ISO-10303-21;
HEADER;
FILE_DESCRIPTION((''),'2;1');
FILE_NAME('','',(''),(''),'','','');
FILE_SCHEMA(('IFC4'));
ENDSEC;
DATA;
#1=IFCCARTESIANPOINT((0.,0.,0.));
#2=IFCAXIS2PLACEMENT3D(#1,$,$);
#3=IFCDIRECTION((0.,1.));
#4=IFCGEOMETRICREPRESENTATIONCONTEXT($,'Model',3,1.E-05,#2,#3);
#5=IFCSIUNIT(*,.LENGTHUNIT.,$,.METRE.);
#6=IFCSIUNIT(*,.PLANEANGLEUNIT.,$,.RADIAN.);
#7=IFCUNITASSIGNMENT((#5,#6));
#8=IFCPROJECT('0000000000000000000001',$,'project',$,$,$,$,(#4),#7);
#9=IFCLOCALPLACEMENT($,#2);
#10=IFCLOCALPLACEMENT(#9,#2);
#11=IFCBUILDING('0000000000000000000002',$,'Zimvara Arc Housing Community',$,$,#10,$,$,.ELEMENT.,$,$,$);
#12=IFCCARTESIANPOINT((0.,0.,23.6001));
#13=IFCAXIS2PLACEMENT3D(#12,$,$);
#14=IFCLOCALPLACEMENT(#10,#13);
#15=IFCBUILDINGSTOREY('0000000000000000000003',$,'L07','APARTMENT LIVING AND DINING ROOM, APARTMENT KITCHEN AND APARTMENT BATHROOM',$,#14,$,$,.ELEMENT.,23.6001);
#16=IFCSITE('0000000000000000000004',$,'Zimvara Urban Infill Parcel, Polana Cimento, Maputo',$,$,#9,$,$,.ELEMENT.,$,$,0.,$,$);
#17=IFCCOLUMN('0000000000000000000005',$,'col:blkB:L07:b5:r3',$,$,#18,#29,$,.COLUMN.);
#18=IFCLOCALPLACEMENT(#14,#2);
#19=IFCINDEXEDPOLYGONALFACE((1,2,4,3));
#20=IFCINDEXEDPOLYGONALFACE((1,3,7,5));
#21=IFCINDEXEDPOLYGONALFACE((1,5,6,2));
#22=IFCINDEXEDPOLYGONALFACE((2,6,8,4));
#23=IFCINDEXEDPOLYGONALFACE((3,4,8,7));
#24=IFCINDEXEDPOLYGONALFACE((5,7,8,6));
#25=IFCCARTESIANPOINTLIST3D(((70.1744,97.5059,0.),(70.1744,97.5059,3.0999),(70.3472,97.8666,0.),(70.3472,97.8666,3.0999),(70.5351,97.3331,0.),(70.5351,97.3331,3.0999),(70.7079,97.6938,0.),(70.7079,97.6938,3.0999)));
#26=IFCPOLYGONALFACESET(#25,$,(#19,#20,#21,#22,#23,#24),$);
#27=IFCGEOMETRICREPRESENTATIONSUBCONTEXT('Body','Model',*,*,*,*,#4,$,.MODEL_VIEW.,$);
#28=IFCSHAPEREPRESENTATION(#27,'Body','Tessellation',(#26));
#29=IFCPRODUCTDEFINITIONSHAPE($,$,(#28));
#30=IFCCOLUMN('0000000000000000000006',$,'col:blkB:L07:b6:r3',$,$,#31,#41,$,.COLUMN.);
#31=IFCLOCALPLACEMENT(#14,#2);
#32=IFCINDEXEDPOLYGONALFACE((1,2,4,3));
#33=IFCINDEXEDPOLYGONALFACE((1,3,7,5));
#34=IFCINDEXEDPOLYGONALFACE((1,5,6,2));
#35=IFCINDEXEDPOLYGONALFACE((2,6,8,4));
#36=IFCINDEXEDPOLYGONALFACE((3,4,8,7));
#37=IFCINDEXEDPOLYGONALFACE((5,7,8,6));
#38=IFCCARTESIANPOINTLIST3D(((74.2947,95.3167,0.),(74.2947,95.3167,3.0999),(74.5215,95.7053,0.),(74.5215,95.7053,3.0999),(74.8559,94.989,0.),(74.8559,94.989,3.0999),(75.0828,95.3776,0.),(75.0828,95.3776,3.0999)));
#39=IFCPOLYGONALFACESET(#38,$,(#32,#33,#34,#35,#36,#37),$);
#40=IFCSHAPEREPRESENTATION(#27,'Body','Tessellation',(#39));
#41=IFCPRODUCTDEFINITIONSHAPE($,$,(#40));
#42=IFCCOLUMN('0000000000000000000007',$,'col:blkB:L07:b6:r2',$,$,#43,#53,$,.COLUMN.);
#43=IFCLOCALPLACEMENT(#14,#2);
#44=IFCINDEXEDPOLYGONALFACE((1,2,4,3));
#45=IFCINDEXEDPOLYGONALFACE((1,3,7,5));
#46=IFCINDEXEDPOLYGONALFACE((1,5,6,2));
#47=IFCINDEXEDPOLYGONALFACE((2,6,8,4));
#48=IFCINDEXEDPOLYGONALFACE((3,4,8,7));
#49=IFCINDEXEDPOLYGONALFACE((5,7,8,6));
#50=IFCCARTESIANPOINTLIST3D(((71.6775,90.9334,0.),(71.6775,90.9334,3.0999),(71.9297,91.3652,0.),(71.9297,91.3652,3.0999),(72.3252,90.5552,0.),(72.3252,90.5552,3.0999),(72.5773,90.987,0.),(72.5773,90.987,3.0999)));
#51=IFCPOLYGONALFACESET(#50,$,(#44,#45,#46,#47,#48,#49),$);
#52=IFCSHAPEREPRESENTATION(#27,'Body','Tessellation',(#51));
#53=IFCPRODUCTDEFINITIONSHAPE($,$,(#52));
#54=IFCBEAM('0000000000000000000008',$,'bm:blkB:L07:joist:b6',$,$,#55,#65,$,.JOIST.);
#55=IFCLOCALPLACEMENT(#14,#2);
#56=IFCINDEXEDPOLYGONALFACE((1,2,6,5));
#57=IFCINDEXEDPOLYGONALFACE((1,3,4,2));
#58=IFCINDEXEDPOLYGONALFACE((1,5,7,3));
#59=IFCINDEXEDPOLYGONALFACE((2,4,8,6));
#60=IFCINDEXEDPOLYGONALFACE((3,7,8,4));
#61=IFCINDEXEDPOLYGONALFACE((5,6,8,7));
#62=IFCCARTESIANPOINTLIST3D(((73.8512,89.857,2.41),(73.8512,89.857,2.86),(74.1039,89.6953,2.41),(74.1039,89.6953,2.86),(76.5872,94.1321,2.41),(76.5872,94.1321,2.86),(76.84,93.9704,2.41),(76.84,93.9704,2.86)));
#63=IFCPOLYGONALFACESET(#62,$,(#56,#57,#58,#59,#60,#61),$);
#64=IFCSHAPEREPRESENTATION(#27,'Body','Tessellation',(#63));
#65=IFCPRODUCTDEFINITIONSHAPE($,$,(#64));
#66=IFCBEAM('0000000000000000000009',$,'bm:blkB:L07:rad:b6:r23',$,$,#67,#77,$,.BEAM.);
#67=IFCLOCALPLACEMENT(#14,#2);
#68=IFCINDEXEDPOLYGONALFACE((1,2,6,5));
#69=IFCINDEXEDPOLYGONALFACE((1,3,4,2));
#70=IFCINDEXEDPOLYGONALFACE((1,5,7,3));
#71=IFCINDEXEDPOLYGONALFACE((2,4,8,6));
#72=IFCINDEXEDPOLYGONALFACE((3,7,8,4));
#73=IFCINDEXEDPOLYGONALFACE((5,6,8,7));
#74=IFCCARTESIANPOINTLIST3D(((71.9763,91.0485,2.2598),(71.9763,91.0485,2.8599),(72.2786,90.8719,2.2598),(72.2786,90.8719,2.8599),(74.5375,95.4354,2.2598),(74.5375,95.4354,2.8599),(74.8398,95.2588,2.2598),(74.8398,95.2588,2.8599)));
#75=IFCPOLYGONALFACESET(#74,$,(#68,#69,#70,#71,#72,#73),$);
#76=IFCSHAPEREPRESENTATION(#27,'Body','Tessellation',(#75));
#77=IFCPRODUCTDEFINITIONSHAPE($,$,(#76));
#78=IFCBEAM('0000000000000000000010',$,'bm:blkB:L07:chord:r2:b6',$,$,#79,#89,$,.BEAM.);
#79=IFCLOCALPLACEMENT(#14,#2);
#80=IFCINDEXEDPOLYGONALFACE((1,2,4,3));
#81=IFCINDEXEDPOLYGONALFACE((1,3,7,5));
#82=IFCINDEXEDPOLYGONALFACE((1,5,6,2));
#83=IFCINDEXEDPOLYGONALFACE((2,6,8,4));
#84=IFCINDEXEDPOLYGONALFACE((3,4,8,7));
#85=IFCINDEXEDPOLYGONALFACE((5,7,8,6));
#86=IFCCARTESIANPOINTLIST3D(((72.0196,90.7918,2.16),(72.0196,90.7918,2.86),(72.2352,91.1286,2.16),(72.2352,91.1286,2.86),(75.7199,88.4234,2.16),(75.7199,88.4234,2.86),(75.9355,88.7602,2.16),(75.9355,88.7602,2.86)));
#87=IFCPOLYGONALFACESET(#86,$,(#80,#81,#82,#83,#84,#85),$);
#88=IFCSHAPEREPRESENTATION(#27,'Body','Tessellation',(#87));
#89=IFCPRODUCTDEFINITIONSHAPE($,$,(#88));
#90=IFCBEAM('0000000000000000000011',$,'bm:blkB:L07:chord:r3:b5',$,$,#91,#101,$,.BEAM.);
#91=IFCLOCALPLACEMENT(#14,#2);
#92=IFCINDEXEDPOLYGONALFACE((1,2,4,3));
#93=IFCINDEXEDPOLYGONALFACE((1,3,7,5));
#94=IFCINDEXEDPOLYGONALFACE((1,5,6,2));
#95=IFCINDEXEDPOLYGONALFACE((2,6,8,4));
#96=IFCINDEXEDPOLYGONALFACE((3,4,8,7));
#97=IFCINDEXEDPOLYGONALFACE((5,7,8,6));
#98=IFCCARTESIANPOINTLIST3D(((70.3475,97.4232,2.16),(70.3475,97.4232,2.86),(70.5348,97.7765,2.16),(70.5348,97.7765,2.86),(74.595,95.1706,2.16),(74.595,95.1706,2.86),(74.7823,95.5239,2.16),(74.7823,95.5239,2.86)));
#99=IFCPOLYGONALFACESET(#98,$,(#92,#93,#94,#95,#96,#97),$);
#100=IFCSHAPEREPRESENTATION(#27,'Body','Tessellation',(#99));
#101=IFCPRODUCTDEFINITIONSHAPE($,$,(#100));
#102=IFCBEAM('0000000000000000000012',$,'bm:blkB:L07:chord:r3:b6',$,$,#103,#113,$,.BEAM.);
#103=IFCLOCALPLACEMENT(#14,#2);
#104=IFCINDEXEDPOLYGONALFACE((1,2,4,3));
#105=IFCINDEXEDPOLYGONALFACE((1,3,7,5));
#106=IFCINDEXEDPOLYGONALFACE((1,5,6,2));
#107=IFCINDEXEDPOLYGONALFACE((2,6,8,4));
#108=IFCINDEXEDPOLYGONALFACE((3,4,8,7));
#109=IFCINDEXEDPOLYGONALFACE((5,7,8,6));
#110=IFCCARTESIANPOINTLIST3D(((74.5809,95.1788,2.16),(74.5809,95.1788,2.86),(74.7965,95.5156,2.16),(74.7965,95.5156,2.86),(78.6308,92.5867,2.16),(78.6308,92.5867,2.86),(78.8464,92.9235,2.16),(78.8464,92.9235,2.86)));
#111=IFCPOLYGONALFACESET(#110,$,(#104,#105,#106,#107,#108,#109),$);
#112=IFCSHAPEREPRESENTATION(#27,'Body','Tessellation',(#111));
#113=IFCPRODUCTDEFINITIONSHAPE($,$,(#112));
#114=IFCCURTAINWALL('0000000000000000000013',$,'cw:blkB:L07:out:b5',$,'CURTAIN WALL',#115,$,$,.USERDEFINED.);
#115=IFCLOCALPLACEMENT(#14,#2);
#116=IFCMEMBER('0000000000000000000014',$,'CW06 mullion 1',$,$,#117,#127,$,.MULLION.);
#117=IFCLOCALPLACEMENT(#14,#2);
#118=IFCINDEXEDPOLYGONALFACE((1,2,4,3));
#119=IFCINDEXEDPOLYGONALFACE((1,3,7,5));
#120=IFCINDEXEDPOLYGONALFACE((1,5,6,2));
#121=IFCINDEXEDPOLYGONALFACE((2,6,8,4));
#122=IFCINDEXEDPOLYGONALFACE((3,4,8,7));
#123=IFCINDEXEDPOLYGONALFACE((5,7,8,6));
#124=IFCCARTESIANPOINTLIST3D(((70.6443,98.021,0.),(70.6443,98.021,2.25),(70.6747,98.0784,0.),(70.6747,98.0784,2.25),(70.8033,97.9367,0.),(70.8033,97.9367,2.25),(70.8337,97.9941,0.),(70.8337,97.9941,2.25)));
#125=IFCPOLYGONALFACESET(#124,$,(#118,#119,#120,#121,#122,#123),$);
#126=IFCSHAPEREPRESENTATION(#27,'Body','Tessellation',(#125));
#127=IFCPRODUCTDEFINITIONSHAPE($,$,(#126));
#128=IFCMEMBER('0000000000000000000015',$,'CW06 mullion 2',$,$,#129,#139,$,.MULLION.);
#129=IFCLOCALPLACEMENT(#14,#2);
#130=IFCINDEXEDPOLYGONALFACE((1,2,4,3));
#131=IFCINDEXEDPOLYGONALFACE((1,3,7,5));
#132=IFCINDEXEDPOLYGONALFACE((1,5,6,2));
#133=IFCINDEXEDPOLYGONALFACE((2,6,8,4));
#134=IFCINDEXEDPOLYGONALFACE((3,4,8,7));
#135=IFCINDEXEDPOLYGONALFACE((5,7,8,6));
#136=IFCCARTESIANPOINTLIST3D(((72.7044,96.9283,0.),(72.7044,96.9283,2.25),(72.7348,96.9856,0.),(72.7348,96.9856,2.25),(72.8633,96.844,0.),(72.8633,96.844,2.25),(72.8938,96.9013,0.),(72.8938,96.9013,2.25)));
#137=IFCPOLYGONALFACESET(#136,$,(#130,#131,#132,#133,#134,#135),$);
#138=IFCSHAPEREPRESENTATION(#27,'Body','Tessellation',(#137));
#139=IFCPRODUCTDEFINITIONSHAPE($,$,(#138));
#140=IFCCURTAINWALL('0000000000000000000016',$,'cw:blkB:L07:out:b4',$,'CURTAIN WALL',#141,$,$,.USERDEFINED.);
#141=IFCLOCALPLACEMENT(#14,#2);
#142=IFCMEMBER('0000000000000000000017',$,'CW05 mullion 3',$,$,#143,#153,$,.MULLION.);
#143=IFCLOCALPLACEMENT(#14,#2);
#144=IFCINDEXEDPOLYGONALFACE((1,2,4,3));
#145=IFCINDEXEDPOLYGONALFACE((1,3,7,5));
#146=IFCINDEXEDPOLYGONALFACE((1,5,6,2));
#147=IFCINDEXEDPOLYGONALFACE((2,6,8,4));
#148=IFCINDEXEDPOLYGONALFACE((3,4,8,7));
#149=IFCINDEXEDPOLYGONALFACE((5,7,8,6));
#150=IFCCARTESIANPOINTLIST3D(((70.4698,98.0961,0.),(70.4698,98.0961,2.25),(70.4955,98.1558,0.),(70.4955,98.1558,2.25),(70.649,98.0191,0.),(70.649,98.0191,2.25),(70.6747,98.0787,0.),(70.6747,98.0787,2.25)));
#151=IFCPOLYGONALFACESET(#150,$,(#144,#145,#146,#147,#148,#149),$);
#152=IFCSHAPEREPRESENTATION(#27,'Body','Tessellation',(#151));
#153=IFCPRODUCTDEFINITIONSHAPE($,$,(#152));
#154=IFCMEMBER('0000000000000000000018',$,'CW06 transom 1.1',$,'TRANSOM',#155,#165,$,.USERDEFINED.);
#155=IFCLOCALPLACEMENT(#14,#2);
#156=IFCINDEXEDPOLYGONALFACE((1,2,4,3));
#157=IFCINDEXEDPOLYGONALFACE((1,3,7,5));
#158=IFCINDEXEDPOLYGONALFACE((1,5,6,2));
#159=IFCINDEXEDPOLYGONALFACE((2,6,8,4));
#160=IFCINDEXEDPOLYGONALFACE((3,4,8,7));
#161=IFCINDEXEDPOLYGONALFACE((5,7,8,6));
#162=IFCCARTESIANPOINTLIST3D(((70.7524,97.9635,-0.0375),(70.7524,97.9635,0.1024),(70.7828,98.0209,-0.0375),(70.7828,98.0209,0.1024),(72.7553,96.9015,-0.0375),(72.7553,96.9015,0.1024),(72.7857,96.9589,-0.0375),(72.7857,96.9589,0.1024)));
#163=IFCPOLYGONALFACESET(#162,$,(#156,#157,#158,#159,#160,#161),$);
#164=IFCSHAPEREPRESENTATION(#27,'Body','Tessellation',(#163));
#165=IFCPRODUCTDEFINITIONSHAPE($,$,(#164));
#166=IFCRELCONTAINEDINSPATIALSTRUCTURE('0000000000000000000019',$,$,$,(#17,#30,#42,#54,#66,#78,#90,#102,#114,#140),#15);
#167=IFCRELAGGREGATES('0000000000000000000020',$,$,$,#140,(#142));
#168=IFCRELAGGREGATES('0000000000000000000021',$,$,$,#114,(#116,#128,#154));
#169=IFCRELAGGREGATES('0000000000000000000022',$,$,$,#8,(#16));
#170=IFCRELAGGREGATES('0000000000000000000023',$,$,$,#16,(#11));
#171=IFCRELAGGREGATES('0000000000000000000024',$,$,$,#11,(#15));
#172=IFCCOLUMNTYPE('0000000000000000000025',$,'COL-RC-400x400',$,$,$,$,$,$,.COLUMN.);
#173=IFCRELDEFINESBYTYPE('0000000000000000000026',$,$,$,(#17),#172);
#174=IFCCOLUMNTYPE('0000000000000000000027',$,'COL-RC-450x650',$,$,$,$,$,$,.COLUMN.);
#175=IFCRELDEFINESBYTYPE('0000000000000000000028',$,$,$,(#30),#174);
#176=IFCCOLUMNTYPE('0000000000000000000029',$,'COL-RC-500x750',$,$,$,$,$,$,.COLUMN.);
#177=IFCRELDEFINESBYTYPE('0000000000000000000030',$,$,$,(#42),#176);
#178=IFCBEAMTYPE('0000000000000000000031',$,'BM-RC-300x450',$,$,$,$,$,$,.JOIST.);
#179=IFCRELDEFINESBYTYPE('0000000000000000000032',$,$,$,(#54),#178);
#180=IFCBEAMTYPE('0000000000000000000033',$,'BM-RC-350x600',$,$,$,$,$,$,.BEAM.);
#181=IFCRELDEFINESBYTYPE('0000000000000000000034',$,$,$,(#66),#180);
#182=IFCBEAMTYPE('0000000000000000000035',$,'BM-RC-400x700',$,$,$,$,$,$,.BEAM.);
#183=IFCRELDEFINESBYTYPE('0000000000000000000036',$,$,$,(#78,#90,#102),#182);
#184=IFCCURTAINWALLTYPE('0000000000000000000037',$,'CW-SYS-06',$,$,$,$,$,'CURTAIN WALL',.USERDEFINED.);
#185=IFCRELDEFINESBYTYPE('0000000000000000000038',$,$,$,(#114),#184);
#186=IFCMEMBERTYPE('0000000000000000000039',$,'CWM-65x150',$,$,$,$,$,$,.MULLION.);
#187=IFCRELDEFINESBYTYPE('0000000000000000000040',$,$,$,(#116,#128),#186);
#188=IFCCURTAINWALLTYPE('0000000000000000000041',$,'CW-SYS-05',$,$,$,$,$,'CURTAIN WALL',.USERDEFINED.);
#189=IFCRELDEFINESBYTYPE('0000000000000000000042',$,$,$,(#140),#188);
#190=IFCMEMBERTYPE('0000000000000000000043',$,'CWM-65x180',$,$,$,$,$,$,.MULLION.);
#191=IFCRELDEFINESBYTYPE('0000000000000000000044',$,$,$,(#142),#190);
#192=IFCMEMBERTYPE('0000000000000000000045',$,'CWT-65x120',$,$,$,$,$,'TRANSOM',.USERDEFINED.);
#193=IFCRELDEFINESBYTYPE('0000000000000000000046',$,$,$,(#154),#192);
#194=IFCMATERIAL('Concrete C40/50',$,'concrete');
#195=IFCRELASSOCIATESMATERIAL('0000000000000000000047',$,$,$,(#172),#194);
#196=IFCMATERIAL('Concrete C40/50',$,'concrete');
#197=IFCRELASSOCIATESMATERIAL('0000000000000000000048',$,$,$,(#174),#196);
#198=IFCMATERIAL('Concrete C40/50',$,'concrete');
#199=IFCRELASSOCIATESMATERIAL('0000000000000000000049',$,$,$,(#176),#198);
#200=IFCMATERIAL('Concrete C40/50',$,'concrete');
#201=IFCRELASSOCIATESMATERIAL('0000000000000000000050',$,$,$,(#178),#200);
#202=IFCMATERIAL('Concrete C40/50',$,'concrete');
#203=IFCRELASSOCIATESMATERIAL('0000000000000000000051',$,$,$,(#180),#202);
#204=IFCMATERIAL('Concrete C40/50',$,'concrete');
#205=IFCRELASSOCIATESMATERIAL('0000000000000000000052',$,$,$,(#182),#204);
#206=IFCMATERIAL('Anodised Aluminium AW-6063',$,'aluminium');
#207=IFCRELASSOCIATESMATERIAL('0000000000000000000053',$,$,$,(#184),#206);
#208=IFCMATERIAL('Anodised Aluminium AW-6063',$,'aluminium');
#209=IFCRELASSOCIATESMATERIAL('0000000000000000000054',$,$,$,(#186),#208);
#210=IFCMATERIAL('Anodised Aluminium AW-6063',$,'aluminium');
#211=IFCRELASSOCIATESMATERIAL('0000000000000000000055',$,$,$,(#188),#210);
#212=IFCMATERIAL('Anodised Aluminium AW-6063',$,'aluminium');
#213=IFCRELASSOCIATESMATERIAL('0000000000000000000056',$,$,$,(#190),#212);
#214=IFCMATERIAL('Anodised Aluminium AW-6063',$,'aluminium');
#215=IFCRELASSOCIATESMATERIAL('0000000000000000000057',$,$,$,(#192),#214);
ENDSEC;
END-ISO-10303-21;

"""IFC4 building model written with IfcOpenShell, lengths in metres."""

from ifc_helpers import new_model, si_unit, direction, frame, origin, origin_2d, place, context, subcontext, project, spatial, rectangle, extrude, material, material_profile, profile_set, type_object, element, aggregate, save


model = new_model("IFC4")

# Units and contexts
model_context = context("Model", 3, precision=1e-05, world=origin(), true_north=direction((0.0, 1.0)))
body_context = subcontext(model_context, "Body", "Model", "MODEL_VIEW")
ifc_project = project(units=[si_unit("LENGTHUNIT", "METRE"), si_unit("PLANEANGLEUNIT", "RADIAN")], contexts=[model_context])

# Site, building, storey
site_placement = place(None, origin())
site = spatial("IfcSite", under=ifc_project, at=site_placement, Name="Zimvara Urban Infill Parcel, Polana Cimento, Maputo", CompositionType="ELEMENT", RefElevation=0.0)
building_placement = place(site_placement, origin())
building = spatial("IfcBuilding", under=site, at=building_placement, Name="Zimvara Arc Housing Community", CompositionType="ELEMENT")
storey_placement = place(building_placement, frame((0.0, 0.0, 23.6001)))
storey = spatial("IfcBuildingStorey", under=building, at=storey_placement, Name="L07", Description="APARTMENT LIVING AND DINING ROOM, APARTMENT KITCHEN AND APARTMENT BATHROOM", CompositionType="ELEMENT", Elevation=23.6001)

# Columns
ifc_material_1 = material(Name="Concrete C40/50", Category="concrete")
ifc_material_profile_1 = material_profile(ifc_material_1, rectangle(XDim=0.3999, YDim=0.3999, at=origin_2d()), Name="RC 400x400")
ifc_profile_set_1 = profile_set([ifc_material_profile_1], Name="Concrete C40/50")
column_type_1 = type_object("IfcColumnType", Name="COL-RC-400x400", PredefinedType="COLUMN", material=ifc_profile_set_1)
column_1_placement = place(storey_placement, frame((70.4412, 97.5999, 0.0), z_axis=(0.0, 0.0, 1.0), x_axis=(0.432086, 0.901833, 0.0)))
element("IfcColumn", 1, at=column_1_placement, inside=storey, type_object=column_type_1, Name="col:blkB:L07:b5:r3", PredefinedType="COLUMN", context=body_context, shape_type="SweptSolid", body=[
    extrude(rectangle(XDim=0.3999, YDim=0.3999, at=origin_2d()), origin(), (0.0, 0.0, 1.0), 3.0999),
])
ifc_material_2 = material(Name="Concrete C40/50", Category="concrete")
ifc_material_profile_2 = material_profile(ifc_material_2, rectangle(XDim=0.45, YDim=0.6499, at=origin_2d()), Name="RC 450x650")
ifc_profile_set_2 = profile_set([ifc_material_profile_2], Name="Concrete C40/50")
column_type_2 = type_object("IfcColumnType", Name="COL-RC-450x650", PredefinedType="COLUMN", material=ifc_profile_set_2)
column_2_placement = place(storey_placement, frame((74.6887, 95.3472, 0.0), z_axis=(0.0, 0.0, 1.0), x_axis=(0.504226, 0.863572, 0.0)))
element("IfcColumn", 2, at=column_2_placement, inside=storey, type_object=column_type_2, Name="col:blkB:L07:b6:r3", PredefinedType="COLUMN", context=body_context, shape_type="SweptSolid", body=[
    extrude(rectangle(XDim=0.45, YDim=0.6499, at=origin_2d()), origin(), (0.0, 0.0, 1.0), 3.0999),
])
ifc_material_3 = material(Name="Concrete C40/50", Category="concrete")
ifc_material_profile_3 = material_profile(ifc_material_3, rectangle(XDim=0.5, YDim=0.75, at=origin_2d()), Name="RC 500x750")
ifc_profile_set_3 = profile_set([ifc_material_profile_3], Name="Concrete C40/50")
column_type_3 = type_object("IfcColumnType", Name="COL-RC-500x750", PredefinedType="COLUMN", material=ifc_profile_set_3)
column_3_placement = place(storey_placement, frame((72.1274, 90.9602, 0.0), z_axis=(0.0, 0.0, 1.0), x_axis=(0.504226, 0.863572, 0.0)))
element("IfcColumn", 3, at=column_3_placement, inside=storey, type_object=column_type_3, Name="col:blkB:L07:b6:r2", PredefinedType="COLUMN", context=body_context, shape_type="SweptSolid", body=[
    extrude(rectangle(XDim=0.5, YDim=0.75, at=origin_2d()), origin(), (0.0, 0.0, 1.0), 3.0999),
])

# Beams
ifc_material_4 = material(Name="Concrete C40/50", Category="concrete")
ifc_material_profile_4 = material_profile(ifc_material_4, rectangle(XDim=0.3, YDim=0.45, at=origin_2d()), Name="RC 300x450")
ifc_profile_set_4 = profile_set([ifc_material_profile_4], Name="Concrete C40/50")
beam_type_1 = type_object("IfcBeamType", Name="BM-RC-300x450", PredefinedType="JOIST", material=ifc_profile_set_4)
beam_1_placement = place(storey_placement, frame((73.9775, 89.7761, 2.635), z_axis=(0.539052, 0.842272, 0.0), x_axis=(-0.842272, 0.539052, 0.0)))
element("IfcBeam", 4, at=beam_1_placement, inside=storey, type_object=beam_type_1, Name="bm:blkB:L07:joist:b6", PredefinedType="JOIST", context=body_context, shape_type="SweptSolid", body=[
    extrude(rectangle(XDim=0.3, YDim=0.45, at=origin_2d()), origin(), (0.0, 0.0, 1.0), 5.0757),
])
ifc_material_5 = material(Name="Concrete C40/50", Category="concrete")
ifc_material_profile_5 = material_profile(ifc_material_5, rectangle(XDim=0.3501, YDim=0.6001, at=origin_2d()), Name="RC 350x600")
ifc_profile_set_5 = profile_set([ifc_material_profile_5], Name="Concrete C40/50")
beam_type_2 = type_object("IfcBeamType", Name="BM-RC-350x600", PredefinedType="BEAM", material=ifc_profile_set_5)
beam_2_placement = place(storey_placement, frame((72.1274, 90.9602, 2.5598), z_axis=(0.504197, 0.863589, 0.0), x_axis=(-0.863589, 0.504197, 0.0)))
element("IfcBeam", 5, at=beam_2_placement, inside=storey, type_object=beam_type_2, Name="bm:blkB:L07:rad:b6:r23", PredefinedType="BEAM", context=body_context, shape_type="SweptSolid", body=[
    extrude(rectangle(XDim=0.3501, YDim=0.6001, at=origin_2d()), origin(), (0.0, 0.0, 1.0), 5.0798),
])
ifc_material_6 = material(Name="Concrete C40/50", Category="concrete")
ifc_material_profile_6 = material_profile(ifc_material_6, rectangle(XDim=0.3999, YDim=0.7, at=origin_2d()), Name="RC 400x700")
ifc_profile_set_6 = profile_set([ifc_material_profile_6], Name="Concrete C40/50")
beam_type_3 = type_object("IfcBeamType", Name="BM-RC-400x700", PredefinedType="BEAM", material=ifc_profile_set_6)
beam_3_placement = place(storey_placement, frame((72.1274, 90.9602, 2.51), z_axis=(0.842242, -0.539099, 0.0), x_axis=(0.539099, 0.842242, 0.0)))
element("IfcBeam", 6, at=beam_3_placement, inside=storey, type_object=beam_type_3, Name="bm:blkB:L07:chord:r2:b6", PredefinedType="BEAM", context=body_context, shape_type="SweptSolid", body=[
    extrude(rectangle(XDim=0.3999, YDim=0.7, at=origin_2d()), origin(), (0.0, 0.0, 1.0), 4.3933),
])
beam_4_placement = place(storey_placement, frame((70.4412, 97.5999, 2.51), z_axis=(0.883446, -0.468534, 0.0), x_axis=(0.468534, 0.883446, 0.0)))
element("IfcBeam", 7, at=beam_4_placement, inside=storey, type_object=beam_type_3, Name="bm:blkB:L07:chord:r3:b5", PredefinedType="BEAM", context=body_context, shape_type="SweptSolid", body=[
    extrude(rectangle(XDim=0.3999, YDim=0.7, at=origin_2d()), origin(), (0.0, 0.0, 1.0), 4.8079),
])
beam_5_placement = place(storey_placement, frame((74.6887, 95.3472, 2.51), z_axis=(0.842256, -0.539078, 0.0), x_axis=(0.539078, 0.842256, 0.0)))
element("IfcBeam", 8, at=beam_5_placement, inside=storey, type_object=beam_type_3, Name="bm:blkB:L07:chord:r3:b6", PredefinedType="BEAM", context=body_context, shape_type="SweptSolid", body=[
    extrude(rectangle(XDim=0.3999, YDim=0.7, at=origin_2d()), origin(), (0.0, 0.0, 1.0), 4.8083),
])

# Curtain wall, members
ifc_material_7 = material(Name="Anodised Aluminium AW-6063", Category="aluminium")
curtain_wall_type_1 = type_object("IfcCurtainWallType", Name="CW-SYS-06", ElementType="CURTAIN WALL", PredefinedType="USERDEFINED", material=ifc_material_7)
curtain_wall_1_placement = place(storey_placement, origin())
curtain_wall_1 = element("IfcCurtainWall", 9, at=curtain_wall_1_placement, inside=storey, type_object=curtain_wall_type_1, Name="cw:blkB:L07:out:b5", ObjectType="CURTAIN WALL", PredefinedType="USERDEFINED")
ifc_material_8 = material(Name="Anodised Aluminium AW-6063", Category="aluminium")
ifc_material_profile_7 = material_profile(ifc_material_8, rectangle(XDim=0.0649, YDim=0.1799, at=origin_2d()), Name="ALU 65x180")
ifc_profile_set_7 = profile_set([ifc_material_profile_7], Name="Anodised Aluminium AW-6063")
member_type_1 = type_object("IfcMemberType", Name="CWM-65x150", PredefinedType="MULLION", material=ifc_profile_set_7)
member_1_placement = place(storey_placement, frame((70.739, 98.0076, 0.0), z_axis=(0.0, 0.0, 1.0), x_axis=(0.468547, 0.883439, 0.0)))
member_1 = element("IfcMember", 10, at=member_1_placement, type_object=member_type_1, Name="CW06 mullion 1", PredefinedType="MULLION", context=body_context, shape_type="SweptSolid", body=[
    extrude(rectangle(XDim=0.0649, YDim=0.1799, at=origin_2d()), origin(), (0.0, 0.0, 1.0), 2.25),
])
member_2_placement = place(storey_placement, frame((72.7991, 96.9148, 0.0), z_axis=(0.0, 0.0, 1.0), x_axis=(0.468547, 0.883439, 0.0)))
member_2 = element("IfcMember", 11, at=member_2_placement, type_object=member_type_1, Name="CW06 mullion 2", PredefinedType="MULLION", context=body_context, shape_type="SweptSolid", body=[
    extrude(rectangle(XDim=0.0649, YDim=0.1799, at=origin_2d()), origin(), (0.0, 0.0, 1.0), 2.25),
])

# Curtain wall, member
ifc_material_9 = material(Name="Anodised Aluminium AW-6063", Category="aluminium")
curtain_wall_type_2 = type_object("IfcCurtainWallType", Name="CW-SYS-05", ElementType="CURTAIN WALL", PredefinedType="USERDEFINED", material=ifc_material_9)
curtain_wall_2_placement = place(storey_placement, origin())
curtain_wall_2 = element("IfcCurtainWall", 12, at=curtain_wall_2_placement, inside=storey, type_object=curtain_wall_type_2, Name="cw:blkB:L07:out:b4", ObjectType="CURTAIN WALL", PredefinedType="USERDEFINED")
ifc_material_10 = material(Name="Anodised Aluminium AW-6063", Category="aluminium")
ifc_material_profile_8 = material_profile(ifc_material_10, rectangle(XDim=0.0649, YDim=0.1951, at=origin_2d()), Name="ALU 65x195")
ifc_profile_set_8 = profile_set([ifc_material_profile_8], Name="Anodised Aluminium AW-6063")
member_type_2 = type_object("IfcMemberType", Name="CWM-65x180", PredefinedType="MULLION", material=ifc_profile_set_8)
member_3_placement = place(storey_placement, frame((70.5723, 98.0874, 0.0), z_axis=(0.0, 0.0, 1.0), x_axis=(0.394904, 0.918722, 0.0)))
member_3 = element("IfcMember", 13, at=member_3_placement, type_object=member_type_2, Name="CW05 mullion 3", PredefinedType="MULLION", context=body_context, shape_type="SweptSolid", body=[
    extrude(rectangle(XDim=0.0649, YDim=0.1951, at=origin_2d()), origin(), (0.0, 0.0, 1.0), 2.25),
])
aggregate(curtain_wall_2, [member_3])

# Member
ifc_material_11 = material(Name="Anodised Aluminium AW-6063", Category="aluminium")
ifc_material_profile_9 = material_profile(ifc_material_11, rectangle(XDim=0.0649, YDim=0.1399, at=origin_2d()), Name="ALU 65x140")
ifc_profile_set_9 = profile_set([ifc_material_profile_9], Name="Anodised Aluminium AW-6063")
member_type_3 = type_object("IfcMemberType", Name="CWT-65x120", ElementType="TRANSOM", PredefinedType="USERDEFINED", material=ifc_profile_set_9)
member_4_placement = place(storey_placement, frame((70.7676, 97.9922, 0.0325), z_axis=(0.883489, -0.468452, 0.0), x_axis=(0.468452, 0.883489, 0.0)))
member_4 = element("IfcMember", 14, at=member_4_placement, type_object=member_type_3, Name="CW06 transom 1.1", ObjectType="TRANSOM", PredefinedType="USERDEFINED", context=body_context, shape_type="SweptSolid", body=[
    extrude(rectangle(XDim=0.0649, YDim=0.1399, at=origin_2d()), origin(), (0.0, 0.0, 1.0), 2.2671),
])

aggregate(curtain_wall_1, [member_1, member_2, member_4])

save(model, "model.ifc")
